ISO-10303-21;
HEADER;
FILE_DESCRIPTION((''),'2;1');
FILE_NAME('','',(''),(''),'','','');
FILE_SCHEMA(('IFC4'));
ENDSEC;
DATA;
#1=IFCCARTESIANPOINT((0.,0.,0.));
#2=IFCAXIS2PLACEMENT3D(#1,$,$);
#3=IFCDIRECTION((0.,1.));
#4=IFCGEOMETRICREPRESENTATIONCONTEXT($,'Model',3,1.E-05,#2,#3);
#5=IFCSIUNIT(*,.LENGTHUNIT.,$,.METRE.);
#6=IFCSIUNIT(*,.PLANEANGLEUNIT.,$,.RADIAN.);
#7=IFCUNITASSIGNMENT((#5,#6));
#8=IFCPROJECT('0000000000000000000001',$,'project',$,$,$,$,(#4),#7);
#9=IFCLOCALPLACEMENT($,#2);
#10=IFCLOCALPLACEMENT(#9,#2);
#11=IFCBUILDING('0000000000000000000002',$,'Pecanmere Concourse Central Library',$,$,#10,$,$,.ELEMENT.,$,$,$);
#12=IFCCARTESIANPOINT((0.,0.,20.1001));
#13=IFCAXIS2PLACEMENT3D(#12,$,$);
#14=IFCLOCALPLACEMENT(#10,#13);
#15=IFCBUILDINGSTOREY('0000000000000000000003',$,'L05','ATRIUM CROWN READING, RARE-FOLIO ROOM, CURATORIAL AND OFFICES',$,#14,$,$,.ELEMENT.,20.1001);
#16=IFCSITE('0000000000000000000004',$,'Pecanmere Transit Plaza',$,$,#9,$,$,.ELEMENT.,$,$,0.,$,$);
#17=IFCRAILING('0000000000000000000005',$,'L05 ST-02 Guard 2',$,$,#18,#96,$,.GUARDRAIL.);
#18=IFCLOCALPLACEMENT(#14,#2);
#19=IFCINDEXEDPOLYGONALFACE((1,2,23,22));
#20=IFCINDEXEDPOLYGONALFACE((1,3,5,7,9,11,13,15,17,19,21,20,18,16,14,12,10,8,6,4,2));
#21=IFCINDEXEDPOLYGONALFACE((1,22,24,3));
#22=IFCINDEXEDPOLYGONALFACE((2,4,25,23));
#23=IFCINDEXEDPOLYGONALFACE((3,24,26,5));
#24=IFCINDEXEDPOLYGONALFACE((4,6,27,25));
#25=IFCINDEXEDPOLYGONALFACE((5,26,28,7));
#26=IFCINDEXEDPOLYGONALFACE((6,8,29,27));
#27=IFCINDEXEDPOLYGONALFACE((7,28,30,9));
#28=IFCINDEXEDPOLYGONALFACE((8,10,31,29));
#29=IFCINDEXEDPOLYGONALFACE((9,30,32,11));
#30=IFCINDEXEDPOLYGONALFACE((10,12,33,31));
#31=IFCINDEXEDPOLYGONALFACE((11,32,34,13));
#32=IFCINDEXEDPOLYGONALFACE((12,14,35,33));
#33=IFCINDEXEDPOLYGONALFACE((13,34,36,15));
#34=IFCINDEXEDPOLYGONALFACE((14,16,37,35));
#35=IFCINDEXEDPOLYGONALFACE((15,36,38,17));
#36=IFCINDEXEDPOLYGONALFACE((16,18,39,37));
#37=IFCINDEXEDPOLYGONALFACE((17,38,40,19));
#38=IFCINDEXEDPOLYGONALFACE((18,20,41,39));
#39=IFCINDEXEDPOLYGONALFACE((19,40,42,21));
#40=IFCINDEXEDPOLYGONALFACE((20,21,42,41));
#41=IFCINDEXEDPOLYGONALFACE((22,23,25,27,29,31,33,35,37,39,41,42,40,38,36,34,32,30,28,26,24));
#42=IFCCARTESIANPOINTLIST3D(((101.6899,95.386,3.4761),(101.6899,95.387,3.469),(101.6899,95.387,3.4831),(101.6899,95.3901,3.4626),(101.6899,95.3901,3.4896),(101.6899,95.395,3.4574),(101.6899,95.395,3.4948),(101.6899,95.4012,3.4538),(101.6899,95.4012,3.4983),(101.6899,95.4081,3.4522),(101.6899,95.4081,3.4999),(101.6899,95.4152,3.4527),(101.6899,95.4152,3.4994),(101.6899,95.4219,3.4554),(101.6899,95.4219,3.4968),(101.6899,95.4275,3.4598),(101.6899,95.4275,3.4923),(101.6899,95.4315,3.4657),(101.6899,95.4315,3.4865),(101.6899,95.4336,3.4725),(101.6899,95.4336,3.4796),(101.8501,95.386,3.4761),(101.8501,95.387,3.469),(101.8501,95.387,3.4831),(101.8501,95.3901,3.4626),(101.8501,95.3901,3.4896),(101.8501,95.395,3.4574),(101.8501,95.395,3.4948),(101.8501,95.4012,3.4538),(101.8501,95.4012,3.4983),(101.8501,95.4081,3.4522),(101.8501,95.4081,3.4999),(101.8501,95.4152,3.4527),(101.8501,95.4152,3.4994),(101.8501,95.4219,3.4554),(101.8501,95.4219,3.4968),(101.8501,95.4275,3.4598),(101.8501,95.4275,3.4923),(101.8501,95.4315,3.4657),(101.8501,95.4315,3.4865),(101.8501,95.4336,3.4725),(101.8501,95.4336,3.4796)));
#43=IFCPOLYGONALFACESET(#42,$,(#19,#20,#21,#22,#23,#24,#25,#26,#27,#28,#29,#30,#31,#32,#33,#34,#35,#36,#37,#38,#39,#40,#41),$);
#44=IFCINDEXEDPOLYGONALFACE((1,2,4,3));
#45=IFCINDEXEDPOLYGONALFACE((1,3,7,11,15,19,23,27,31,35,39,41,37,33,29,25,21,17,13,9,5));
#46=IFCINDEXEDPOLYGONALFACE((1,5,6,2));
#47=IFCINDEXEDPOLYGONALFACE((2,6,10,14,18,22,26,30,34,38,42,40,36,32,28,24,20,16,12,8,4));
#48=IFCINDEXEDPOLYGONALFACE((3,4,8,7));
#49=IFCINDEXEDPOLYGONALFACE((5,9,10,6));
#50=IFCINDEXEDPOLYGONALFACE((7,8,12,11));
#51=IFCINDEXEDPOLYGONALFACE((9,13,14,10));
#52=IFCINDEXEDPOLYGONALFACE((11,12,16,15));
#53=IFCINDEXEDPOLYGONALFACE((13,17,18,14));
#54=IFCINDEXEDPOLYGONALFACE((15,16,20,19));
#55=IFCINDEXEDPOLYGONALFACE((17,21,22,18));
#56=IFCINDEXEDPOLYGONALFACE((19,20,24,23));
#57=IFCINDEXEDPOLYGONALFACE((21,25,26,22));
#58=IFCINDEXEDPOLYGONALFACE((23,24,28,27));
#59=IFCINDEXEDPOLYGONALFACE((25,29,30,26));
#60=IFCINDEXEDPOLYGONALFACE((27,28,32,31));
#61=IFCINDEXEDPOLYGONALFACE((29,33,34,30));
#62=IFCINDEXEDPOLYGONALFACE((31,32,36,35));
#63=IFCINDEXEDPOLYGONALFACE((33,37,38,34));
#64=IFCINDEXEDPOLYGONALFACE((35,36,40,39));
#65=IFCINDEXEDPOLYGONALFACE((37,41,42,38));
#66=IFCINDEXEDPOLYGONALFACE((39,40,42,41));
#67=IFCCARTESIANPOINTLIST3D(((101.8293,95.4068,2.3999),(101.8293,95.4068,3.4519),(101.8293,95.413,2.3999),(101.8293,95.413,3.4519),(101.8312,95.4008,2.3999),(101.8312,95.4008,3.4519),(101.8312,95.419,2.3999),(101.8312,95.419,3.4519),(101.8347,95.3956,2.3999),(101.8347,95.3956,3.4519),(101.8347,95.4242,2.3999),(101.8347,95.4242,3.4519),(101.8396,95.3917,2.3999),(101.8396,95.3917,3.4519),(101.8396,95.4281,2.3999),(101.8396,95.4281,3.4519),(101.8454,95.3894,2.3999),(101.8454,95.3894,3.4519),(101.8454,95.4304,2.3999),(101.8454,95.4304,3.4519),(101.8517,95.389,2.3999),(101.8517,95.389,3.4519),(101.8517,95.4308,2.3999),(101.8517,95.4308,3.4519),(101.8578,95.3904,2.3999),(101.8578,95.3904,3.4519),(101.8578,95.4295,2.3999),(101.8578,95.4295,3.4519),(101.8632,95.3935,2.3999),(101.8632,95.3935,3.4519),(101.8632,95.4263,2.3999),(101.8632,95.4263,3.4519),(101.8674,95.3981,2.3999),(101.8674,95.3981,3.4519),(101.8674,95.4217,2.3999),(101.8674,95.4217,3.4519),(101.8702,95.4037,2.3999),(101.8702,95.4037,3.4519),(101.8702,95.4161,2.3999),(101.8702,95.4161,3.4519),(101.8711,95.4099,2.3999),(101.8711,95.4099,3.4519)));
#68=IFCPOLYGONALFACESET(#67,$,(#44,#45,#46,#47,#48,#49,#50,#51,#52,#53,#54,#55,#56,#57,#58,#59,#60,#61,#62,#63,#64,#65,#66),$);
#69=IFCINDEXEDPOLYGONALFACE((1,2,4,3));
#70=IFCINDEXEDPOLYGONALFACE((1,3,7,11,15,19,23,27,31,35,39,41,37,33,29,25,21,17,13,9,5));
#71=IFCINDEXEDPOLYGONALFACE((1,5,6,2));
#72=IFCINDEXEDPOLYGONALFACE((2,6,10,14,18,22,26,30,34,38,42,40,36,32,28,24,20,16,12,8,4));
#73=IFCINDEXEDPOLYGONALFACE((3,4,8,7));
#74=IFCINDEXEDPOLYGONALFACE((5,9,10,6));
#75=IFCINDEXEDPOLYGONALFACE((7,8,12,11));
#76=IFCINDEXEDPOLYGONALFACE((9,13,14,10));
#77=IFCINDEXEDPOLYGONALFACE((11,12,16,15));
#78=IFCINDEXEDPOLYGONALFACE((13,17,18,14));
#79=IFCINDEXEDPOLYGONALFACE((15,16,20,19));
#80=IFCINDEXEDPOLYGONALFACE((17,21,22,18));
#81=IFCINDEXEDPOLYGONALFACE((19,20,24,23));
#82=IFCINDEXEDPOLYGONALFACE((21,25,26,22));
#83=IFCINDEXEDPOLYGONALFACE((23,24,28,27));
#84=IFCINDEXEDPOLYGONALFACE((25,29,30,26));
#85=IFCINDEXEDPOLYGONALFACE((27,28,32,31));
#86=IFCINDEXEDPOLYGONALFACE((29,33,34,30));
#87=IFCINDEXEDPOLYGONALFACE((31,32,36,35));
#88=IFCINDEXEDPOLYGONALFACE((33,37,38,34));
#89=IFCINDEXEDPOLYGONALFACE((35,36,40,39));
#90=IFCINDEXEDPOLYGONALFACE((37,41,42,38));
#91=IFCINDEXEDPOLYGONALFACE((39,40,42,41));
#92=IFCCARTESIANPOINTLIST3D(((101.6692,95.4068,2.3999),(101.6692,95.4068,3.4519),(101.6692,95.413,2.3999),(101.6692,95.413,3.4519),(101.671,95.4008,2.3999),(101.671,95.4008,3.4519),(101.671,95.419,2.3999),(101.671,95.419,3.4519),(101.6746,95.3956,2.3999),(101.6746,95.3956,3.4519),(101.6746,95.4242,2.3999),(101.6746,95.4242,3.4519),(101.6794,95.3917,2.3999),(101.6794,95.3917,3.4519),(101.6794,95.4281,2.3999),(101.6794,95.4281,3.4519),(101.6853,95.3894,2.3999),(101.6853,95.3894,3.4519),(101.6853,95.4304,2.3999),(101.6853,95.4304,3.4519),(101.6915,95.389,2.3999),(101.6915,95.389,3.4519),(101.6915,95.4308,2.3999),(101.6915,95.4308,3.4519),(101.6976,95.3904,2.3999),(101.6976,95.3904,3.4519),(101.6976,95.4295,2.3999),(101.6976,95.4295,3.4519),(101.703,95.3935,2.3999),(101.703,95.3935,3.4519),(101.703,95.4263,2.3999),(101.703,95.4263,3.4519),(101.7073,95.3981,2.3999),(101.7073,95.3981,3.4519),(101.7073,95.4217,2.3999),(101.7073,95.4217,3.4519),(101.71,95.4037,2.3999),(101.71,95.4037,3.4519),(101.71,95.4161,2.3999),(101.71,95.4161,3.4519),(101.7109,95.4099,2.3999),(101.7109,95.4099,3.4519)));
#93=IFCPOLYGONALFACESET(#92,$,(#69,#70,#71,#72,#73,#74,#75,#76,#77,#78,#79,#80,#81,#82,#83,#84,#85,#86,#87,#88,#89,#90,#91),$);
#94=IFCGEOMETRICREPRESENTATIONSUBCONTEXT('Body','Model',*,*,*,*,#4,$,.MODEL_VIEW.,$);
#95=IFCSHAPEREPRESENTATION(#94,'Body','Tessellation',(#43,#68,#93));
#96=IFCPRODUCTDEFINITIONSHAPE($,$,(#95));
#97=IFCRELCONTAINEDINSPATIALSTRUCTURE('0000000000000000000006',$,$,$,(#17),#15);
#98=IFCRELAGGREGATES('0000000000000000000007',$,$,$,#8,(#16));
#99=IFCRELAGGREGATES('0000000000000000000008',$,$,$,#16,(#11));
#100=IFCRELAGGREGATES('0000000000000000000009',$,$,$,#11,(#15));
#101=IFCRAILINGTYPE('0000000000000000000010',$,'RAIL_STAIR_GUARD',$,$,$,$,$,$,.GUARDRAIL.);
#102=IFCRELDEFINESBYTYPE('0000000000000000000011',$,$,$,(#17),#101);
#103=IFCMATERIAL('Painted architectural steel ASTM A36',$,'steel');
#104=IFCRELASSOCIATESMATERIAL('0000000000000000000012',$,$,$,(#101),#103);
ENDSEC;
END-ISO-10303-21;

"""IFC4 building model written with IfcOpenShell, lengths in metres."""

from ifc_helpers import new_model, si_unit, direction, frame, origin, origin_2d, place, context, subcontext, project, spatial, circle, extrude, material, type_object, element, save


model = new_model("IFC4")

# Units and contexts
model_context = context("Model", 3, precision=1e-05, world=origin(), true_north=direction((0.0, 1.0)))
body_context = subcontext(model_context, "Body", "Model", "MODEL_VIEW")
ifc_project = project(units=[si_unit("LENGTHUNIT", "METRE"), si_unit("PLANEANGLEUNIT", "RADIAN")], contexts=[model_context])

# Site, building, storey
site_placement = place(None, origin())
site = spatial("IfcSite", under=ifc_project, at=site_placement, Name="Pecanmere Transit Plaza", CompositionType="ELEMENT", RefElevation=0.0)
building_placement = place(site_placement, origin())
building = spatial("IfcBuilding", under=site, at=building_placement, Name="Pecanmere Concourse Central Library", CompositionType="ELEMENT")
storey_placement = place(building_placement, frame((0.0, 0.0, 20.1001)))
storey = spatial("IfcBuildingStorey", under=building, at=storey_placement, Name="L05", Description="ATRIUM CROWN READING, RARE-FOLIO ROOM, CURATORIAL AND OFFICES", CompositionType="ELEMENT", Elevation=20.1001)

# Railing
ifc_material_1 = material(Name="Painted architectural steel ASTM A36", Category="steel")
railing_type_1 = type_object("IfcRailingType", Name="RAIL_STAIR_GUARD", PredefinedType="GUARDRAIL", material=ifc_material_1)
railing_1_placement = place(storey_placement, frame((101.8501, 95.4099, 2.3999)))
element("IfcRailing", 1, at=railing_1_placement, inside=storey, type_object=railing_type_1, Name="L05 ST-02 Guard 2", PredefinedType="GUARDRAIL", context=body_context, shape_type="SweptSolid", body=[
    extrude(circle(Radius=0.0239, at=origin_2d()), frame((0.0, 0.0, 1.0762), z_axis=(-1.0, 0.0, 0.0), x_axis=(0.0, -1.0, 0.0)), (0.0, 0.0, 1.0), 0.1602),
    extrude(circle(Radius=0.021, at=origin_2d()), origin(), (0.0, 0.0, 1.0), 1.052),
    extrude(circle(Radius=0.021, at=origin_2d()), frame((-0.1602, 0.0, 0.0)), (0.0, 0.0, 1.0), 1.052),
])

save(model, "model.ifc")
